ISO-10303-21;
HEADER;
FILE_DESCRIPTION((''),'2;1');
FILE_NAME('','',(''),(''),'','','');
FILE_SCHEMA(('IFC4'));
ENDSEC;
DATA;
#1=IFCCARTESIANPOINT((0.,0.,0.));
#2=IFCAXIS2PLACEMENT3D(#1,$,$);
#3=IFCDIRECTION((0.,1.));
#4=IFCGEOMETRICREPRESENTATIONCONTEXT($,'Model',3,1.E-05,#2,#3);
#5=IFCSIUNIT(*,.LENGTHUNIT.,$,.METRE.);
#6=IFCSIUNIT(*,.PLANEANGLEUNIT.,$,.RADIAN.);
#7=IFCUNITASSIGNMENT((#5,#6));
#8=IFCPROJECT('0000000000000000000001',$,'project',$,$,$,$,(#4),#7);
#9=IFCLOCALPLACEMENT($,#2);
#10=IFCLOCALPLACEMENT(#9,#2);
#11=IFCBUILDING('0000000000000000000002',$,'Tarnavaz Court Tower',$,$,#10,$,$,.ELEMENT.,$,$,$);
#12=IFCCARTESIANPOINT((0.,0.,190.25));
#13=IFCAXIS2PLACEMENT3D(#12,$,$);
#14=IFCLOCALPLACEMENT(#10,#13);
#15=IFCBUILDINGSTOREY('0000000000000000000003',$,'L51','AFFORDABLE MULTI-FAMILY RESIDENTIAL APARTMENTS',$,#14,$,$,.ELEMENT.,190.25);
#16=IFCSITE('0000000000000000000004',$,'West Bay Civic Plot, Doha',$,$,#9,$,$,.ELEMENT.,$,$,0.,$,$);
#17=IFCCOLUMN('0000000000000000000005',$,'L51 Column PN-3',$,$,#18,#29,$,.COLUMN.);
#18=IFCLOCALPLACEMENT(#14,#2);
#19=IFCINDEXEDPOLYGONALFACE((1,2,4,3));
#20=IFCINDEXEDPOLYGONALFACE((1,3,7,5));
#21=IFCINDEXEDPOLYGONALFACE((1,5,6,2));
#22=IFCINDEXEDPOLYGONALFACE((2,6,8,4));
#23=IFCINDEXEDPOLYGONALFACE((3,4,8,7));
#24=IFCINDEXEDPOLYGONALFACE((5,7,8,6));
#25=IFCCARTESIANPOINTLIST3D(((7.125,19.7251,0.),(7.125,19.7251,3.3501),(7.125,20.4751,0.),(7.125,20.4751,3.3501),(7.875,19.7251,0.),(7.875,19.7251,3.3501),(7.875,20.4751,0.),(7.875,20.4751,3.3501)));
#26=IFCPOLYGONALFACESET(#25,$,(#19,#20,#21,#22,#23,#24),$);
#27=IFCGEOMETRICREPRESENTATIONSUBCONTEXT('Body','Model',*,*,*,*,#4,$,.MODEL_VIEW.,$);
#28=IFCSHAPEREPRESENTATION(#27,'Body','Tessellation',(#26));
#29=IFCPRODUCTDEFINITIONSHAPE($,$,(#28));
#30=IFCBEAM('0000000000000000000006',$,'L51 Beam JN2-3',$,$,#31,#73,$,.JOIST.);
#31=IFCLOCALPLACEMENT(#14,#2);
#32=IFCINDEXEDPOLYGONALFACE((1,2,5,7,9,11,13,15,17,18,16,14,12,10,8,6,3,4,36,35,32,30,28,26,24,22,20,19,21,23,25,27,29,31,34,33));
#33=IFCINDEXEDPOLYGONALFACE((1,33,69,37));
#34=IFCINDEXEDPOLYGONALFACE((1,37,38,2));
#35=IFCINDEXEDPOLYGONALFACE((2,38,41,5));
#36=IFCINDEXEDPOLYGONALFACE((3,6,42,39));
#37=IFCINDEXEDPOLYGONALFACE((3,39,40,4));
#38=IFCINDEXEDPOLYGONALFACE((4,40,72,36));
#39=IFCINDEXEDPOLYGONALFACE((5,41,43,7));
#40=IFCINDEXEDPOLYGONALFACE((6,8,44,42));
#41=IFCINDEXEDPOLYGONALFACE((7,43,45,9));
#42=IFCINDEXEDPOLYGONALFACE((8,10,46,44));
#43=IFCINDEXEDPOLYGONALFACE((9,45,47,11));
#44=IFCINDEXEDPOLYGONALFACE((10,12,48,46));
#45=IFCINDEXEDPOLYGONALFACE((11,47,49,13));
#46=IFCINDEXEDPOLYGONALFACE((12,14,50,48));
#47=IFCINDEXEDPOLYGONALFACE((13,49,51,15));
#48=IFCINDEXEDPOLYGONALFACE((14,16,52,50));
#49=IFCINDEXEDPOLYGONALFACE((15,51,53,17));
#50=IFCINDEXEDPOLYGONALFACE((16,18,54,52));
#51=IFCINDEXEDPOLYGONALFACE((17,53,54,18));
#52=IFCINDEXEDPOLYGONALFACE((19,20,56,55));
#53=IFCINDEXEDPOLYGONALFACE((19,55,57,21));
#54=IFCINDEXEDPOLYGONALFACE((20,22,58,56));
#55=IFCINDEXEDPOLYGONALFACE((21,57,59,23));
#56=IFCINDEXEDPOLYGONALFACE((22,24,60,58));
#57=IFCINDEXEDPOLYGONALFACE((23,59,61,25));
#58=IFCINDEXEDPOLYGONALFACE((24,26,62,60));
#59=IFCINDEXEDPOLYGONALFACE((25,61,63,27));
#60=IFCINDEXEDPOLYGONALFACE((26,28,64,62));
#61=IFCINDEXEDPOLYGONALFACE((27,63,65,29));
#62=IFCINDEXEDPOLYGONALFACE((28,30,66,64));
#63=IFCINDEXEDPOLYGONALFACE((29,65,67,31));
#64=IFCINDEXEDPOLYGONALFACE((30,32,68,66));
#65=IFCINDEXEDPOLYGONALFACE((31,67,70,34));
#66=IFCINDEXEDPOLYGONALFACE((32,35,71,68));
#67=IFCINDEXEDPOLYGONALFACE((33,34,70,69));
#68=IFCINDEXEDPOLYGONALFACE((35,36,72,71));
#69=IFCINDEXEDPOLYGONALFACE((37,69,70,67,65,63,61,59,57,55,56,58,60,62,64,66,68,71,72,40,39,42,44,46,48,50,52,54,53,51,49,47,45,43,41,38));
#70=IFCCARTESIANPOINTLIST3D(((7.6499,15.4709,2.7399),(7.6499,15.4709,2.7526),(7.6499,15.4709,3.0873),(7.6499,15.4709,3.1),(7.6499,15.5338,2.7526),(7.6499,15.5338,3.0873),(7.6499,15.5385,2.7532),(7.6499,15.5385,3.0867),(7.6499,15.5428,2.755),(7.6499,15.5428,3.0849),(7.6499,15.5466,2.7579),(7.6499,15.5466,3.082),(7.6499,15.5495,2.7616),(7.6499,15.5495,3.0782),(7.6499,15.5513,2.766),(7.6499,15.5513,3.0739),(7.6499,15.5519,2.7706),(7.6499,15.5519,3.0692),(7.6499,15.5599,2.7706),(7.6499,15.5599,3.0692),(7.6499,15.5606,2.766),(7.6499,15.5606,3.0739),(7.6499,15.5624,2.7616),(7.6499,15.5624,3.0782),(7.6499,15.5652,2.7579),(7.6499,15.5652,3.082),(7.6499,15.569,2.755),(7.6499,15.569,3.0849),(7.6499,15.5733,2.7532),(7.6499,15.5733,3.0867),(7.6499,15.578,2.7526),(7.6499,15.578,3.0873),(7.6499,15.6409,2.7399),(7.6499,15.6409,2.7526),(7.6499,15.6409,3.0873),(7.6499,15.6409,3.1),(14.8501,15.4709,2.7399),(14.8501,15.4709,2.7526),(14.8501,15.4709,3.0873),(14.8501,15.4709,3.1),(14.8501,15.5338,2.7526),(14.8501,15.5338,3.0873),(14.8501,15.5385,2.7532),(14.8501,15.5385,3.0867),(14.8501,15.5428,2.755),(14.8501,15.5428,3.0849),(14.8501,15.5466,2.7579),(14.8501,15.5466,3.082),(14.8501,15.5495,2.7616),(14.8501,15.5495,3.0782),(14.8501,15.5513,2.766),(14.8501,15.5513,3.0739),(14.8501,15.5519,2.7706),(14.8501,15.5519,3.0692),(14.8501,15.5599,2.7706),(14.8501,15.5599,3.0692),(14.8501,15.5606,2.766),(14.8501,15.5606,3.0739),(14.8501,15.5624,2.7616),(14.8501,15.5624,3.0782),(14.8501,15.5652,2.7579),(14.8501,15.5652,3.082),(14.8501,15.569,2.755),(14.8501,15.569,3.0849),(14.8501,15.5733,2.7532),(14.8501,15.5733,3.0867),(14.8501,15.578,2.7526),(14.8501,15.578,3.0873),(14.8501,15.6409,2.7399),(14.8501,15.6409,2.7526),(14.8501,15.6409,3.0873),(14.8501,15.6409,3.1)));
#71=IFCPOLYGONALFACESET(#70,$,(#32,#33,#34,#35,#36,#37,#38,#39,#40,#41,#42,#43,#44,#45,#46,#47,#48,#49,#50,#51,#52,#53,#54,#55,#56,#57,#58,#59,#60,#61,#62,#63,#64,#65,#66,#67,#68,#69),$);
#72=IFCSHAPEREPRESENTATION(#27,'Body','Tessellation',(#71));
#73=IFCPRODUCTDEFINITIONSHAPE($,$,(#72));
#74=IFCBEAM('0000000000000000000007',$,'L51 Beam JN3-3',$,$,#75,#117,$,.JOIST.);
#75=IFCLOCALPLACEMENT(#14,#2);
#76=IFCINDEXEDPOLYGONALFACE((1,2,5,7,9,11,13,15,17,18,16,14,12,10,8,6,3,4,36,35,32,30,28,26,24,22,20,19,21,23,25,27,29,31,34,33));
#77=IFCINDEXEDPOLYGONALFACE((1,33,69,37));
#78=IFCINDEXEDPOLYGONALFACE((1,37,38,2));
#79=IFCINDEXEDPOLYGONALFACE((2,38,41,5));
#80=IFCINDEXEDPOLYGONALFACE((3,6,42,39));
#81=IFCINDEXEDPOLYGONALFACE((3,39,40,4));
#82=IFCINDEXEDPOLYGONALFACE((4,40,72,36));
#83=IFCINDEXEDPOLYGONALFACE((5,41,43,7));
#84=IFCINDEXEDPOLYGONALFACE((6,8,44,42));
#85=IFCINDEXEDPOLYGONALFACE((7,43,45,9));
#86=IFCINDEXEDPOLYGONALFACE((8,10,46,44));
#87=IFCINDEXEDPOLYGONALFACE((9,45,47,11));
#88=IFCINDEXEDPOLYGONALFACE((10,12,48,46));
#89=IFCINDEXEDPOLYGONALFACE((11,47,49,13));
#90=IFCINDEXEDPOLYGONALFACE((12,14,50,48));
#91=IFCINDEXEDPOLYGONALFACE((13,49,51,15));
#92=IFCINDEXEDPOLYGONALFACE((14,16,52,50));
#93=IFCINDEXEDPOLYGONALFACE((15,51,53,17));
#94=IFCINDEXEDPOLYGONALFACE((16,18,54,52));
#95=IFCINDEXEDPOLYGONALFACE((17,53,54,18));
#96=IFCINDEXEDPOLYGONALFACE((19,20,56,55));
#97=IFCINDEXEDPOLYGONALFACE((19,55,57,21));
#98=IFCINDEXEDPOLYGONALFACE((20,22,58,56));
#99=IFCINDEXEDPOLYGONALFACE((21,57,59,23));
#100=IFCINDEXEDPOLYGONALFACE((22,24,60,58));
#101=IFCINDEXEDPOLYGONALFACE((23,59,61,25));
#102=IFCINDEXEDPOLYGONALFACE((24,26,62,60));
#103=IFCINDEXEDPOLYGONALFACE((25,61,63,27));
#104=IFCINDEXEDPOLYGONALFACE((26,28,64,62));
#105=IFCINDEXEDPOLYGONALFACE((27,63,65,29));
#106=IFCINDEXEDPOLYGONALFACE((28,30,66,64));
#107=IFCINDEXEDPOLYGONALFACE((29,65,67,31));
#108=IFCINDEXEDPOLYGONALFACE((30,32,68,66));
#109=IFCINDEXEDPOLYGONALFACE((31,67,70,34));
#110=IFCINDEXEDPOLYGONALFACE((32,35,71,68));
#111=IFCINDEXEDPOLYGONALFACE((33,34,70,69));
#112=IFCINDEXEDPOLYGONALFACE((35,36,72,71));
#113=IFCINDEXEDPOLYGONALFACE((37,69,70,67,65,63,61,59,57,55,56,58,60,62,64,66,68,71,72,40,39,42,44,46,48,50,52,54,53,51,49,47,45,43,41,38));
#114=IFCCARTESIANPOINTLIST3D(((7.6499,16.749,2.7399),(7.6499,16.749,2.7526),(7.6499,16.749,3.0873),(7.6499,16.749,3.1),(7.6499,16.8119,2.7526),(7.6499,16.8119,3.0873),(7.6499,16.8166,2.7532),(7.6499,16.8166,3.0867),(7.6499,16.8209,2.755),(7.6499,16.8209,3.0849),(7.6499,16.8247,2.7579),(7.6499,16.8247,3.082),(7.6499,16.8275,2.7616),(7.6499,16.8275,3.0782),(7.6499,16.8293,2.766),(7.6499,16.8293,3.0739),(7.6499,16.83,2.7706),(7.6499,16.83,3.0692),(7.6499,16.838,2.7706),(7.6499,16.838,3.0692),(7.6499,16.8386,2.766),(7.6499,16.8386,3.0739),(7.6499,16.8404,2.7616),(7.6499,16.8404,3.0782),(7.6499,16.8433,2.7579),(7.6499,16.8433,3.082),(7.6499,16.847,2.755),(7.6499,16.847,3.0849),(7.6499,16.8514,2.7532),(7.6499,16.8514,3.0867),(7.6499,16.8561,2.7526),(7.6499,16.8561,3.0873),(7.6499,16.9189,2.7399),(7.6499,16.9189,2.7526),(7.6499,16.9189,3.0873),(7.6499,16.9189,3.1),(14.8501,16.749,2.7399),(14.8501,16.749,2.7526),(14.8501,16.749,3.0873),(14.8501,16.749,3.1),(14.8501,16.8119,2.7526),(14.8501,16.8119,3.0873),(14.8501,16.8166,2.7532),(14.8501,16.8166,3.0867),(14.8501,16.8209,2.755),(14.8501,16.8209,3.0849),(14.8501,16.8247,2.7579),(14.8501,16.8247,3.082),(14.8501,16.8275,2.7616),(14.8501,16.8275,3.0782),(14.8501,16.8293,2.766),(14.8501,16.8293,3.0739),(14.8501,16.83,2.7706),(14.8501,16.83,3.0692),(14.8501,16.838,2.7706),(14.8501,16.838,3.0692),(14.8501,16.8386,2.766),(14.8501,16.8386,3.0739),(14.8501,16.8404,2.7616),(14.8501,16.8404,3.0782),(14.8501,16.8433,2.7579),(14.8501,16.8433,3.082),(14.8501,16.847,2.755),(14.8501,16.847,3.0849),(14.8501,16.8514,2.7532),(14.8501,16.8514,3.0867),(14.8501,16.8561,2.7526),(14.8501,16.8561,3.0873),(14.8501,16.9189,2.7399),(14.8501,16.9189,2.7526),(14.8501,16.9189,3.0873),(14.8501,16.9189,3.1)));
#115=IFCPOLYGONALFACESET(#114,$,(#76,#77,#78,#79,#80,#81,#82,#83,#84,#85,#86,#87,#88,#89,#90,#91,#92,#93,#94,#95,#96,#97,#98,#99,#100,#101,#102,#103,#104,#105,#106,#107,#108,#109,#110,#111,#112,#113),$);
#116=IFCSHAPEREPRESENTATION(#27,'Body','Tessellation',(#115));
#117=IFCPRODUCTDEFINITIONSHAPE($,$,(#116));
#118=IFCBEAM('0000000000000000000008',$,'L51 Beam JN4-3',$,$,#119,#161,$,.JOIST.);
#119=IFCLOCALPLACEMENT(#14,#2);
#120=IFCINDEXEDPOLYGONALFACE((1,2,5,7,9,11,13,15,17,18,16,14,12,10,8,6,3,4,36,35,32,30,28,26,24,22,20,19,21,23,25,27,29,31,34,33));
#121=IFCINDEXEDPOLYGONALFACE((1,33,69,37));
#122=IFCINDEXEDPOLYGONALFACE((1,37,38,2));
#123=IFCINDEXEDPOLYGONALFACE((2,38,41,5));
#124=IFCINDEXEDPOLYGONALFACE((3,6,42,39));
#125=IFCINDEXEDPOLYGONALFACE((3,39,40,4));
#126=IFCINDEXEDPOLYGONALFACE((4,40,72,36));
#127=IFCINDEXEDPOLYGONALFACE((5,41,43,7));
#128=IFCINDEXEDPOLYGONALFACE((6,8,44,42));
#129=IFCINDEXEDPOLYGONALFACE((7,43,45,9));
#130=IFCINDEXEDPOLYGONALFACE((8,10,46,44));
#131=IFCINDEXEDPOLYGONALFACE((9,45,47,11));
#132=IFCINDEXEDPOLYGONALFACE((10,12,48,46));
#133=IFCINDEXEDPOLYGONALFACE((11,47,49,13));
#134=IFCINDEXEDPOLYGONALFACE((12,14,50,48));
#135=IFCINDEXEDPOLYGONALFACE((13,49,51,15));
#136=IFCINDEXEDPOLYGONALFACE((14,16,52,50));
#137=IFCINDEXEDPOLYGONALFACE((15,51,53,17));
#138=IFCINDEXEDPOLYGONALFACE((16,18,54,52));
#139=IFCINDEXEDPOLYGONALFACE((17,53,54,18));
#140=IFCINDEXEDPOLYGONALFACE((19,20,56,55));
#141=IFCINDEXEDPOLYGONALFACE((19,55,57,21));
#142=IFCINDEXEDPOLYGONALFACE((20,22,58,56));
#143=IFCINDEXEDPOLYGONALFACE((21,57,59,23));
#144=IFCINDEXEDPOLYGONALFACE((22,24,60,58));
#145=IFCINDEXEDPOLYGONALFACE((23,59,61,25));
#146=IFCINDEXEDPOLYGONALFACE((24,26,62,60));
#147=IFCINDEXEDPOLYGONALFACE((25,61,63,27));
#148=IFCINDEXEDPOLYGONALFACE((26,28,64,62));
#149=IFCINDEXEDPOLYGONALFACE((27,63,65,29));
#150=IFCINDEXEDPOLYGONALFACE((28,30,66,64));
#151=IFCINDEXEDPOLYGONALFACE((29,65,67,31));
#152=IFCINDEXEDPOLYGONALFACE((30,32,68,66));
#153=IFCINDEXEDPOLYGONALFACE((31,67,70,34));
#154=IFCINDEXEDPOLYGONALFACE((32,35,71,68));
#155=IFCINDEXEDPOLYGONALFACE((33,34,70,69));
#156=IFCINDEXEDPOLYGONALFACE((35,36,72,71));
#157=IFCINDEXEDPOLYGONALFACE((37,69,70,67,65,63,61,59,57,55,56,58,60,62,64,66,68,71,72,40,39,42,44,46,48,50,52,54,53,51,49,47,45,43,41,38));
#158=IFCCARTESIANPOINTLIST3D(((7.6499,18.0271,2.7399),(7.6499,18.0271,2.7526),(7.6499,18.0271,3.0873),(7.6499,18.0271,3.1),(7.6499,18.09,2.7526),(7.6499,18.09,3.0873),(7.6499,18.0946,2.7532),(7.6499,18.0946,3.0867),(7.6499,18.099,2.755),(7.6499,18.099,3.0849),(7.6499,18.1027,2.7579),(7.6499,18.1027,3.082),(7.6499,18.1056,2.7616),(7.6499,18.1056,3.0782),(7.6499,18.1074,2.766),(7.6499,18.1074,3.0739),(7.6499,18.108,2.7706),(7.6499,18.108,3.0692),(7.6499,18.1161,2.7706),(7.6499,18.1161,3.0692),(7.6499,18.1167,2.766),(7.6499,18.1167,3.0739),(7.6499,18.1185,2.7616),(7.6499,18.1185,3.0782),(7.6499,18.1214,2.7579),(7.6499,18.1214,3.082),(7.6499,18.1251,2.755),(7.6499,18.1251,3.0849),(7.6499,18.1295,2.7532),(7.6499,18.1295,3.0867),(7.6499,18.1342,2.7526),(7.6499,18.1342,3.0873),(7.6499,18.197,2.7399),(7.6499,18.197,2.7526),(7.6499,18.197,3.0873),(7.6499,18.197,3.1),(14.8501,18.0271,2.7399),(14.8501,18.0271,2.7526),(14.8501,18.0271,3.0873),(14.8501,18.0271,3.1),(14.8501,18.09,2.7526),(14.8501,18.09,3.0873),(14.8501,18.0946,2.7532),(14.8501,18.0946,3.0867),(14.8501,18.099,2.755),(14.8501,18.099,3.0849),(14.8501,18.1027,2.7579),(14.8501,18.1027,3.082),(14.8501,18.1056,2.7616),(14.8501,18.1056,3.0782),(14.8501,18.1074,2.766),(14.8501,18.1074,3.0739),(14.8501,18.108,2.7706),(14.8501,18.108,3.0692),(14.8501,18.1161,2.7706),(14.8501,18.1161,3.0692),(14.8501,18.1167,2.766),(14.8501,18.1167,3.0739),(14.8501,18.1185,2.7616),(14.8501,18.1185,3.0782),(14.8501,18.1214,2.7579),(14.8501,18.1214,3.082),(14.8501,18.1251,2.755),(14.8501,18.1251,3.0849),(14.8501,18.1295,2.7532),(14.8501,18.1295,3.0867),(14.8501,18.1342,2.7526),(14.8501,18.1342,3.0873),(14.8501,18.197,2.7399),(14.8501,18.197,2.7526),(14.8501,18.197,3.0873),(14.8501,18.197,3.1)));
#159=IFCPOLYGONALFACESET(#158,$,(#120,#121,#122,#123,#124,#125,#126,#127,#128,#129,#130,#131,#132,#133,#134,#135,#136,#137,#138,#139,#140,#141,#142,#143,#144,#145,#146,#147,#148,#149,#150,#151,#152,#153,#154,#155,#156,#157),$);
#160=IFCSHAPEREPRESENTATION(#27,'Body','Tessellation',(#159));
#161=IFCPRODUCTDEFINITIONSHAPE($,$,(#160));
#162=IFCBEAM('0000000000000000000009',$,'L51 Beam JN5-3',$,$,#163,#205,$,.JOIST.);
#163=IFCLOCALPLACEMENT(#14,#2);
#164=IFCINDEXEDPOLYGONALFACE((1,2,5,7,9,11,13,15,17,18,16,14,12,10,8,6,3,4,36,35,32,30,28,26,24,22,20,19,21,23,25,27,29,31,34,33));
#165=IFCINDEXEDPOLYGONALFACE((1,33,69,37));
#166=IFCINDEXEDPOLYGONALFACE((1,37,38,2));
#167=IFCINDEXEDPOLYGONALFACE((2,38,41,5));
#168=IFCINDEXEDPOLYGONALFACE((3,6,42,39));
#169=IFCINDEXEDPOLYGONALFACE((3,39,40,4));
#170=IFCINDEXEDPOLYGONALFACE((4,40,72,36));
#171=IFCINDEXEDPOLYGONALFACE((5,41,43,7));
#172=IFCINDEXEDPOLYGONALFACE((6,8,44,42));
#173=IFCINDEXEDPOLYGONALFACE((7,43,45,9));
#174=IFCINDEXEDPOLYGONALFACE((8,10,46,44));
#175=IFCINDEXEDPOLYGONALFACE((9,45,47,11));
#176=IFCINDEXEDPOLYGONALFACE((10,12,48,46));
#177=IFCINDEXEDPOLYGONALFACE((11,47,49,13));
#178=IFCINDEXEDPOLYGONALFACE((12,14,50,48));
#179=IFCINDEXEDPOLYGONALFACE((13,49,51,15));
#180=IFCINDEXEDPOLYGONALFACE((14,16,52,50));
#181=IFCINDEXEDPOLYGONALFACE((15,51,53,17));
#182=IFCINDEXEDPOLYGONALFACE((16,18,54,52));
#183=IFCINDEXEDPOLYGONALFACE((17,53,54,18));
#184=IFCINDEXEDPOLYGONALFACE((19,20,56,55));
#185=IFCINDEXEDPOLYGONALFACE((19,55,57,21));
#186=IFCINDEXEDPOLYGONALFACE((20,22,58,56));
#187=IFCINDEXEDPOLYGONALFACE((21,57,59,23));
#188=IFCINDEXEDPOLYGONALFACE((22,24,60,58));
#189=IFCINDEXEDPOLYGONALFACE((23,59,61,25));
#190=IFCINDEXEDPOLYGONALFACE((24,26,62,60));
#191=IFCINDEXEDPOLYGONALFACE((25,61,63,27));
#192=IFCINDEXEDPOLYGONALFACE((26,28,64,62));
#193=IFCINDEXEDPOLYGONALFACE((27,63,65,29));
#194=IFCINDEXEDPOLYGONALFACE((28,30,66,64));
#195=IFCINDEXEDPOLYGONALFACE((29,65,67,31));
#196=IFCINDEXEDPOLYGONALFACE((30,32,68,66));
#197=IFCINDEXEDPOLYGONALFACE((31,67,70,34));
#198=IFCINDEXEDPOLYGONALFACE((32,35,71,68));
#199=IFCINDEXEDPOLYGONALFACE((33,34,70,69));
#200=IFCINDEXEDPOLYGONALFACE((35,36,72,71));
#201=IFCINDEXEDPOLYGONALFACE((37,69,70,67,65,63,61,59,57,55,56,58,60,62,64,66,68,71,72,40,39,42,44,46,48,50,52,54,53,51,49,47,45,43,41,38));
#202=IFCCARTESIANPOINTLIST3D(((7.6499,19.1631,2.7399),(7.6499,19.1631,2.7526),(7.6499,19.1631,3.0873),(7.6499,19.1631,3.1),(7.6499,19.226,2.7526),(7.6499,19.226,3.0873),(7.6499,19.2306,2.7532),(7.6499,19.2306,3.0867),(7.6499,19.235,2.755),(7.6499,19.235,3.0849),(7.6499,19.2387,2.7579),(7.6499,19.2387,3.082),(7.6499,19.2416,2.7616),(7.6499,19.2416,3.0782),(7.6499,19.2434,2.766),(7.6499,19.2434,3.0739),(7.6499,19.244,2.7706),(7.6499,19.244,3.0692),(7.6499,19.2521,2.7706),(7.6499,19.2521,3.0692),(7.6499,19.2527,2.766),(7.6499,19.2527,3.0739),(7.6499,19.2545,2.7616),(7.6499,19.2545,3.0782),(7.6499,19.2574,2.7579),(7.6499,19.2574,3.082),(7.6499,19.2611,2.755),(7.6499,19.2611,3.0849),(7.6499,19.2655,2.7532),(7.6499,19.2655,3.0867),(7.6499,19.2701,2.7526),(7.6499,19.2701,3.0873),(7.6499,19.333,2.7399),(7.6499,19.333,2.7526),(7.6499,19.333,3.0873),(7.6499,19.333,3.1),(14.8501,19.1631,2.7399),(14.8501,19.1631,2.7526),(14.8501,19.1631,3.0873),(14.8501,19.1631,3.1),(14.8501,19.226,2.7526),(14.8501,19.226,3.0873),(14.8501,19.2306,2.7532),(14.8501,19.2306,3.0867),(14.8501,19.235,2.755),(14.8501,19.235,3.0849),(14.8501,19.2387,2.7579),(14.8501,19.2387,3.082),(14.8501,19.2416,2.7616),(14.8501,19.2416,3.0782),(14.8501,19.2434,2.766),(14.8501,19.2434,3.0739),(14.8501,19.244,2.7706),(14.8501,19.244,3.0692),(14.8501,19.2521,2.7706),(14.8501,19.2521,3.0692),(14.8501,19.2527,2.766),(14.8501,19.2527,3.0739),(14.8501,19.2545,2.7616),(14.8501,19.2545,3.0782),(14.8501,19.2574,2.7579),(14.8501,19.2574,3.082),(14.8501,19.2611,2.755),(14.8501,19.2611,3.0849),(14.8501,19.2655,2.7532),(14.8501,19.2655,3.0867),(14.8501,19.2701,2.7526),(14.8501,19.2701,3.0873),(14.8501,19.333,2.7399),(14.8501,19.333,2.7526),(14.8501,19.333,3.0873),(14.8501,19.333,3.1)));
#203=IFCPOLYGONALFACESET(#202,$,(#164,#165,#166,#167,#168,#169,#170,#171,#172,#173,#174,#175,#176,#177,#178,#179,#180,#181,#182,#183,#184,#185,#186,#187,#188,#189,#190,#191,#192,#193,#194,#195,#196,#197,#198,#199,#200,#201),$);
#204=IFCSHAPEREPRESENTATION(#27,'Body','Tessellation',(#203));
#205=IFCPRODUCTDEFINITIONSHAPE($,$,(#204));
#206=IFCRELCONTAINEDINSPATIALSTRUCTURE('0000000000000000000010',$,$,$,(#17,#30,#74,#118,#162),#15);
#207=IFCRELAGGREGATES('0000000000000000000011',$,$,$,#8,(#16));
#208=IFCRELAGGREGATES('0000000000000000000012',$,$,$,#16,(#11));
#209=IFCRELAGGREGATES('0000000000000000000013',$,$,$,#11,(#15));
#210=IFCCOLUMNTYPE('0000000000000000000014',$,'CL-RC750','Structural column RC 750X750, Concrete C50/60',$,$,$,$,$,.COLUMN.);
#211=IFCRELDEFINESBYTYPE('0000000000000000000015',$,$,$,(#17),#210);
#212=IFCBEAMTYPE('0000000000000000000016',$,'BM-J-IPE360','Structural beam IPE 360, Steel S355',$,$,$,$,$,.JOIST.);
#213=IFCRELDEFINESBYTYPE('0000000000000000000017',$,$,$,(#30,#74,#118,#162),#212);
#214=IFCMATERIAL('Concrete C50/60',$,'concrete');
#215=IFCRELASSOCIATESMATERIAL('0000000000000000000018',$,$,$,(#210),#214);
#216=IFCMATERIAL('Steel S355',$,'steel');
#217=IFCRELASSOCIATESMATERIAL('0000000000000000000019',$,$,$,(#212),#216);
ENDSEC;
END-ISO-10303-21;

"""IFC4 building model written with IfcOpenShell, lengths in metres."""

from ifc_helpers import new_model, si_unit, direction, frame, origin, origin_2d, place, context, subcontext, project, spatial, rectangle, i_section, extrude, material, material_profile, profile_set, type_object, element, save


model = new_model("IFC4")

# Units and contexts
model_context = context("Model", 3, precision=1e-05, world=origin(), true_north=direction((0.0, 1.0)))
body_context = subcontext(model_context, "Body", "Model", "MODEL_VIEW")
ifc_project = project(units=[si_unit("LENGTHUNIT", "METRE"), si_unit("PLANEANGLEUNIT", "RADIAN")], contexts=[model_context])

# Site, building, storey
site_placement = place(None, origin())
site = spatial("IfcSite", under=ifc_project, at=site_placement, Name="West Bay Civic Plot, Doha", CompositionType="ELEMENT", RefElevation=0.0)
building_placement = place(site_placement, origin())
building = spatial("IfcBuilding", under=site, at=building_placement, Name="Tarnavaz Court Tower", CompositionType="ELEMENT")
storey_placement = place(building_placement, frame((0.0, 0.0, 190.25)))
storey = spatial("IfcBuildingStorey", under=building, at=storey_placement, Name="L51", Description="AFFORDABLE MULTI-FAMILY RESIDENTIAL APARTMENTS", CompositionType="ELEMENT", Elevation=190.25)

# Column
ifc_material_1 = material(Name="Concrete C50/60", Category="concrete")
ifc_material_profile_1 = material_profile(ifc_material_1, rectangle(XDim=0.75, YDim=0.75, at=origin_2d()), Name="RC 750X750")
ifc_profile_set_1 = profile_set([ifc_material_profile_1], Name="Concrete C50/60")
column_type = type_object("IfcColumnType", Name="CL-RC750", Description="Structural column RC 750X750, Concrete C50/60", PredefinedType="COLUMN", material=ifc_profile_set_1)
column_placement = place(storey_placement, frame((7.5, 20.1001, 0.0), z_axis=(0.0, 0.0, 1.0), x_axis=(1.0, 0.0, 0.0)))
element("IfcColumn", 1, at=column_placement, inside=storey, type_object=column_type, Name="L51 Column PN-3", PredefinedType="COLUMN", context=body_context, shape_type="SweptSolid", body=[
    extrude(rectangle(XDim=0.75, YDim=0.75, at=origin_2d()), origin(), (0.0, 0.0, 1.0), 3.3501),
])

# Beams
ifc_material_2 = material(Name="Steel S355", Category="steel")
ifc_material_profile_2 = material_profile(ifc_material_2, i_section(OverallWidth=0.1699, OverallDepth=0.3601, WebThickness=0.0081, FlangeThickness=0.0127, FilletRadius=0.0181, at=origin_2d()), Name="IPE 360")
ifc_profile_set_2 = profile_set([ifc_material_profile_2], Name="Steel S355")
beam_type_1 = type_object("IfcBeamType", Name="BM-J-IPE360", Description="Structural beam IPE 360, Steel S355", PredefinedType="JOIST", material=ifc_profile_set_2)
for number, where, z_axis, x_axis, name in (
    (2, (7.6499, 15.5559, 2.9199), (1.0, 0.0, 0.0), (0.0, 1.0, 0.0), "L51 Beam JN2-3"),
    (3, (7.6499, 16.834, 2.9199), (1.0, 0.0, 0.0), (0.0, 1.0, 0.0), "L51 Beam JN3-3"),
    (4, (7.6499, 18.1121, 2.9199), (1.0, 0.0, 0.0), (0.0, 1.0, 0.0), "L51 Beam JN4-3"),
    (5, (7.6499, 19.248, 2.9199), (1.0, 0.0, 0.0), (0.0, 1.0, 0.0), "L51 Beam JN5-3"),
):
    element("IfcBeam", number, at=place(storey_placement, frame(where, z_axis=z_axis, x_axis=x_axis)), inside=storey, type_object=beam_type_1, Name=name, PredefinedType="JOIST", context=body_context, shape_type="SweptSolid", body=[
        extrude(i_section(OverallWidth=0.1699, OverallDepth=0.3601, WebThickness=0.0081, FlangeThickness=0.0127, FilletRadius=0.0181, at=origin_2d()), origin(), (0.0, 0.0, 1.0), 7.2002),
    ])

save(model, "model.ifc")
